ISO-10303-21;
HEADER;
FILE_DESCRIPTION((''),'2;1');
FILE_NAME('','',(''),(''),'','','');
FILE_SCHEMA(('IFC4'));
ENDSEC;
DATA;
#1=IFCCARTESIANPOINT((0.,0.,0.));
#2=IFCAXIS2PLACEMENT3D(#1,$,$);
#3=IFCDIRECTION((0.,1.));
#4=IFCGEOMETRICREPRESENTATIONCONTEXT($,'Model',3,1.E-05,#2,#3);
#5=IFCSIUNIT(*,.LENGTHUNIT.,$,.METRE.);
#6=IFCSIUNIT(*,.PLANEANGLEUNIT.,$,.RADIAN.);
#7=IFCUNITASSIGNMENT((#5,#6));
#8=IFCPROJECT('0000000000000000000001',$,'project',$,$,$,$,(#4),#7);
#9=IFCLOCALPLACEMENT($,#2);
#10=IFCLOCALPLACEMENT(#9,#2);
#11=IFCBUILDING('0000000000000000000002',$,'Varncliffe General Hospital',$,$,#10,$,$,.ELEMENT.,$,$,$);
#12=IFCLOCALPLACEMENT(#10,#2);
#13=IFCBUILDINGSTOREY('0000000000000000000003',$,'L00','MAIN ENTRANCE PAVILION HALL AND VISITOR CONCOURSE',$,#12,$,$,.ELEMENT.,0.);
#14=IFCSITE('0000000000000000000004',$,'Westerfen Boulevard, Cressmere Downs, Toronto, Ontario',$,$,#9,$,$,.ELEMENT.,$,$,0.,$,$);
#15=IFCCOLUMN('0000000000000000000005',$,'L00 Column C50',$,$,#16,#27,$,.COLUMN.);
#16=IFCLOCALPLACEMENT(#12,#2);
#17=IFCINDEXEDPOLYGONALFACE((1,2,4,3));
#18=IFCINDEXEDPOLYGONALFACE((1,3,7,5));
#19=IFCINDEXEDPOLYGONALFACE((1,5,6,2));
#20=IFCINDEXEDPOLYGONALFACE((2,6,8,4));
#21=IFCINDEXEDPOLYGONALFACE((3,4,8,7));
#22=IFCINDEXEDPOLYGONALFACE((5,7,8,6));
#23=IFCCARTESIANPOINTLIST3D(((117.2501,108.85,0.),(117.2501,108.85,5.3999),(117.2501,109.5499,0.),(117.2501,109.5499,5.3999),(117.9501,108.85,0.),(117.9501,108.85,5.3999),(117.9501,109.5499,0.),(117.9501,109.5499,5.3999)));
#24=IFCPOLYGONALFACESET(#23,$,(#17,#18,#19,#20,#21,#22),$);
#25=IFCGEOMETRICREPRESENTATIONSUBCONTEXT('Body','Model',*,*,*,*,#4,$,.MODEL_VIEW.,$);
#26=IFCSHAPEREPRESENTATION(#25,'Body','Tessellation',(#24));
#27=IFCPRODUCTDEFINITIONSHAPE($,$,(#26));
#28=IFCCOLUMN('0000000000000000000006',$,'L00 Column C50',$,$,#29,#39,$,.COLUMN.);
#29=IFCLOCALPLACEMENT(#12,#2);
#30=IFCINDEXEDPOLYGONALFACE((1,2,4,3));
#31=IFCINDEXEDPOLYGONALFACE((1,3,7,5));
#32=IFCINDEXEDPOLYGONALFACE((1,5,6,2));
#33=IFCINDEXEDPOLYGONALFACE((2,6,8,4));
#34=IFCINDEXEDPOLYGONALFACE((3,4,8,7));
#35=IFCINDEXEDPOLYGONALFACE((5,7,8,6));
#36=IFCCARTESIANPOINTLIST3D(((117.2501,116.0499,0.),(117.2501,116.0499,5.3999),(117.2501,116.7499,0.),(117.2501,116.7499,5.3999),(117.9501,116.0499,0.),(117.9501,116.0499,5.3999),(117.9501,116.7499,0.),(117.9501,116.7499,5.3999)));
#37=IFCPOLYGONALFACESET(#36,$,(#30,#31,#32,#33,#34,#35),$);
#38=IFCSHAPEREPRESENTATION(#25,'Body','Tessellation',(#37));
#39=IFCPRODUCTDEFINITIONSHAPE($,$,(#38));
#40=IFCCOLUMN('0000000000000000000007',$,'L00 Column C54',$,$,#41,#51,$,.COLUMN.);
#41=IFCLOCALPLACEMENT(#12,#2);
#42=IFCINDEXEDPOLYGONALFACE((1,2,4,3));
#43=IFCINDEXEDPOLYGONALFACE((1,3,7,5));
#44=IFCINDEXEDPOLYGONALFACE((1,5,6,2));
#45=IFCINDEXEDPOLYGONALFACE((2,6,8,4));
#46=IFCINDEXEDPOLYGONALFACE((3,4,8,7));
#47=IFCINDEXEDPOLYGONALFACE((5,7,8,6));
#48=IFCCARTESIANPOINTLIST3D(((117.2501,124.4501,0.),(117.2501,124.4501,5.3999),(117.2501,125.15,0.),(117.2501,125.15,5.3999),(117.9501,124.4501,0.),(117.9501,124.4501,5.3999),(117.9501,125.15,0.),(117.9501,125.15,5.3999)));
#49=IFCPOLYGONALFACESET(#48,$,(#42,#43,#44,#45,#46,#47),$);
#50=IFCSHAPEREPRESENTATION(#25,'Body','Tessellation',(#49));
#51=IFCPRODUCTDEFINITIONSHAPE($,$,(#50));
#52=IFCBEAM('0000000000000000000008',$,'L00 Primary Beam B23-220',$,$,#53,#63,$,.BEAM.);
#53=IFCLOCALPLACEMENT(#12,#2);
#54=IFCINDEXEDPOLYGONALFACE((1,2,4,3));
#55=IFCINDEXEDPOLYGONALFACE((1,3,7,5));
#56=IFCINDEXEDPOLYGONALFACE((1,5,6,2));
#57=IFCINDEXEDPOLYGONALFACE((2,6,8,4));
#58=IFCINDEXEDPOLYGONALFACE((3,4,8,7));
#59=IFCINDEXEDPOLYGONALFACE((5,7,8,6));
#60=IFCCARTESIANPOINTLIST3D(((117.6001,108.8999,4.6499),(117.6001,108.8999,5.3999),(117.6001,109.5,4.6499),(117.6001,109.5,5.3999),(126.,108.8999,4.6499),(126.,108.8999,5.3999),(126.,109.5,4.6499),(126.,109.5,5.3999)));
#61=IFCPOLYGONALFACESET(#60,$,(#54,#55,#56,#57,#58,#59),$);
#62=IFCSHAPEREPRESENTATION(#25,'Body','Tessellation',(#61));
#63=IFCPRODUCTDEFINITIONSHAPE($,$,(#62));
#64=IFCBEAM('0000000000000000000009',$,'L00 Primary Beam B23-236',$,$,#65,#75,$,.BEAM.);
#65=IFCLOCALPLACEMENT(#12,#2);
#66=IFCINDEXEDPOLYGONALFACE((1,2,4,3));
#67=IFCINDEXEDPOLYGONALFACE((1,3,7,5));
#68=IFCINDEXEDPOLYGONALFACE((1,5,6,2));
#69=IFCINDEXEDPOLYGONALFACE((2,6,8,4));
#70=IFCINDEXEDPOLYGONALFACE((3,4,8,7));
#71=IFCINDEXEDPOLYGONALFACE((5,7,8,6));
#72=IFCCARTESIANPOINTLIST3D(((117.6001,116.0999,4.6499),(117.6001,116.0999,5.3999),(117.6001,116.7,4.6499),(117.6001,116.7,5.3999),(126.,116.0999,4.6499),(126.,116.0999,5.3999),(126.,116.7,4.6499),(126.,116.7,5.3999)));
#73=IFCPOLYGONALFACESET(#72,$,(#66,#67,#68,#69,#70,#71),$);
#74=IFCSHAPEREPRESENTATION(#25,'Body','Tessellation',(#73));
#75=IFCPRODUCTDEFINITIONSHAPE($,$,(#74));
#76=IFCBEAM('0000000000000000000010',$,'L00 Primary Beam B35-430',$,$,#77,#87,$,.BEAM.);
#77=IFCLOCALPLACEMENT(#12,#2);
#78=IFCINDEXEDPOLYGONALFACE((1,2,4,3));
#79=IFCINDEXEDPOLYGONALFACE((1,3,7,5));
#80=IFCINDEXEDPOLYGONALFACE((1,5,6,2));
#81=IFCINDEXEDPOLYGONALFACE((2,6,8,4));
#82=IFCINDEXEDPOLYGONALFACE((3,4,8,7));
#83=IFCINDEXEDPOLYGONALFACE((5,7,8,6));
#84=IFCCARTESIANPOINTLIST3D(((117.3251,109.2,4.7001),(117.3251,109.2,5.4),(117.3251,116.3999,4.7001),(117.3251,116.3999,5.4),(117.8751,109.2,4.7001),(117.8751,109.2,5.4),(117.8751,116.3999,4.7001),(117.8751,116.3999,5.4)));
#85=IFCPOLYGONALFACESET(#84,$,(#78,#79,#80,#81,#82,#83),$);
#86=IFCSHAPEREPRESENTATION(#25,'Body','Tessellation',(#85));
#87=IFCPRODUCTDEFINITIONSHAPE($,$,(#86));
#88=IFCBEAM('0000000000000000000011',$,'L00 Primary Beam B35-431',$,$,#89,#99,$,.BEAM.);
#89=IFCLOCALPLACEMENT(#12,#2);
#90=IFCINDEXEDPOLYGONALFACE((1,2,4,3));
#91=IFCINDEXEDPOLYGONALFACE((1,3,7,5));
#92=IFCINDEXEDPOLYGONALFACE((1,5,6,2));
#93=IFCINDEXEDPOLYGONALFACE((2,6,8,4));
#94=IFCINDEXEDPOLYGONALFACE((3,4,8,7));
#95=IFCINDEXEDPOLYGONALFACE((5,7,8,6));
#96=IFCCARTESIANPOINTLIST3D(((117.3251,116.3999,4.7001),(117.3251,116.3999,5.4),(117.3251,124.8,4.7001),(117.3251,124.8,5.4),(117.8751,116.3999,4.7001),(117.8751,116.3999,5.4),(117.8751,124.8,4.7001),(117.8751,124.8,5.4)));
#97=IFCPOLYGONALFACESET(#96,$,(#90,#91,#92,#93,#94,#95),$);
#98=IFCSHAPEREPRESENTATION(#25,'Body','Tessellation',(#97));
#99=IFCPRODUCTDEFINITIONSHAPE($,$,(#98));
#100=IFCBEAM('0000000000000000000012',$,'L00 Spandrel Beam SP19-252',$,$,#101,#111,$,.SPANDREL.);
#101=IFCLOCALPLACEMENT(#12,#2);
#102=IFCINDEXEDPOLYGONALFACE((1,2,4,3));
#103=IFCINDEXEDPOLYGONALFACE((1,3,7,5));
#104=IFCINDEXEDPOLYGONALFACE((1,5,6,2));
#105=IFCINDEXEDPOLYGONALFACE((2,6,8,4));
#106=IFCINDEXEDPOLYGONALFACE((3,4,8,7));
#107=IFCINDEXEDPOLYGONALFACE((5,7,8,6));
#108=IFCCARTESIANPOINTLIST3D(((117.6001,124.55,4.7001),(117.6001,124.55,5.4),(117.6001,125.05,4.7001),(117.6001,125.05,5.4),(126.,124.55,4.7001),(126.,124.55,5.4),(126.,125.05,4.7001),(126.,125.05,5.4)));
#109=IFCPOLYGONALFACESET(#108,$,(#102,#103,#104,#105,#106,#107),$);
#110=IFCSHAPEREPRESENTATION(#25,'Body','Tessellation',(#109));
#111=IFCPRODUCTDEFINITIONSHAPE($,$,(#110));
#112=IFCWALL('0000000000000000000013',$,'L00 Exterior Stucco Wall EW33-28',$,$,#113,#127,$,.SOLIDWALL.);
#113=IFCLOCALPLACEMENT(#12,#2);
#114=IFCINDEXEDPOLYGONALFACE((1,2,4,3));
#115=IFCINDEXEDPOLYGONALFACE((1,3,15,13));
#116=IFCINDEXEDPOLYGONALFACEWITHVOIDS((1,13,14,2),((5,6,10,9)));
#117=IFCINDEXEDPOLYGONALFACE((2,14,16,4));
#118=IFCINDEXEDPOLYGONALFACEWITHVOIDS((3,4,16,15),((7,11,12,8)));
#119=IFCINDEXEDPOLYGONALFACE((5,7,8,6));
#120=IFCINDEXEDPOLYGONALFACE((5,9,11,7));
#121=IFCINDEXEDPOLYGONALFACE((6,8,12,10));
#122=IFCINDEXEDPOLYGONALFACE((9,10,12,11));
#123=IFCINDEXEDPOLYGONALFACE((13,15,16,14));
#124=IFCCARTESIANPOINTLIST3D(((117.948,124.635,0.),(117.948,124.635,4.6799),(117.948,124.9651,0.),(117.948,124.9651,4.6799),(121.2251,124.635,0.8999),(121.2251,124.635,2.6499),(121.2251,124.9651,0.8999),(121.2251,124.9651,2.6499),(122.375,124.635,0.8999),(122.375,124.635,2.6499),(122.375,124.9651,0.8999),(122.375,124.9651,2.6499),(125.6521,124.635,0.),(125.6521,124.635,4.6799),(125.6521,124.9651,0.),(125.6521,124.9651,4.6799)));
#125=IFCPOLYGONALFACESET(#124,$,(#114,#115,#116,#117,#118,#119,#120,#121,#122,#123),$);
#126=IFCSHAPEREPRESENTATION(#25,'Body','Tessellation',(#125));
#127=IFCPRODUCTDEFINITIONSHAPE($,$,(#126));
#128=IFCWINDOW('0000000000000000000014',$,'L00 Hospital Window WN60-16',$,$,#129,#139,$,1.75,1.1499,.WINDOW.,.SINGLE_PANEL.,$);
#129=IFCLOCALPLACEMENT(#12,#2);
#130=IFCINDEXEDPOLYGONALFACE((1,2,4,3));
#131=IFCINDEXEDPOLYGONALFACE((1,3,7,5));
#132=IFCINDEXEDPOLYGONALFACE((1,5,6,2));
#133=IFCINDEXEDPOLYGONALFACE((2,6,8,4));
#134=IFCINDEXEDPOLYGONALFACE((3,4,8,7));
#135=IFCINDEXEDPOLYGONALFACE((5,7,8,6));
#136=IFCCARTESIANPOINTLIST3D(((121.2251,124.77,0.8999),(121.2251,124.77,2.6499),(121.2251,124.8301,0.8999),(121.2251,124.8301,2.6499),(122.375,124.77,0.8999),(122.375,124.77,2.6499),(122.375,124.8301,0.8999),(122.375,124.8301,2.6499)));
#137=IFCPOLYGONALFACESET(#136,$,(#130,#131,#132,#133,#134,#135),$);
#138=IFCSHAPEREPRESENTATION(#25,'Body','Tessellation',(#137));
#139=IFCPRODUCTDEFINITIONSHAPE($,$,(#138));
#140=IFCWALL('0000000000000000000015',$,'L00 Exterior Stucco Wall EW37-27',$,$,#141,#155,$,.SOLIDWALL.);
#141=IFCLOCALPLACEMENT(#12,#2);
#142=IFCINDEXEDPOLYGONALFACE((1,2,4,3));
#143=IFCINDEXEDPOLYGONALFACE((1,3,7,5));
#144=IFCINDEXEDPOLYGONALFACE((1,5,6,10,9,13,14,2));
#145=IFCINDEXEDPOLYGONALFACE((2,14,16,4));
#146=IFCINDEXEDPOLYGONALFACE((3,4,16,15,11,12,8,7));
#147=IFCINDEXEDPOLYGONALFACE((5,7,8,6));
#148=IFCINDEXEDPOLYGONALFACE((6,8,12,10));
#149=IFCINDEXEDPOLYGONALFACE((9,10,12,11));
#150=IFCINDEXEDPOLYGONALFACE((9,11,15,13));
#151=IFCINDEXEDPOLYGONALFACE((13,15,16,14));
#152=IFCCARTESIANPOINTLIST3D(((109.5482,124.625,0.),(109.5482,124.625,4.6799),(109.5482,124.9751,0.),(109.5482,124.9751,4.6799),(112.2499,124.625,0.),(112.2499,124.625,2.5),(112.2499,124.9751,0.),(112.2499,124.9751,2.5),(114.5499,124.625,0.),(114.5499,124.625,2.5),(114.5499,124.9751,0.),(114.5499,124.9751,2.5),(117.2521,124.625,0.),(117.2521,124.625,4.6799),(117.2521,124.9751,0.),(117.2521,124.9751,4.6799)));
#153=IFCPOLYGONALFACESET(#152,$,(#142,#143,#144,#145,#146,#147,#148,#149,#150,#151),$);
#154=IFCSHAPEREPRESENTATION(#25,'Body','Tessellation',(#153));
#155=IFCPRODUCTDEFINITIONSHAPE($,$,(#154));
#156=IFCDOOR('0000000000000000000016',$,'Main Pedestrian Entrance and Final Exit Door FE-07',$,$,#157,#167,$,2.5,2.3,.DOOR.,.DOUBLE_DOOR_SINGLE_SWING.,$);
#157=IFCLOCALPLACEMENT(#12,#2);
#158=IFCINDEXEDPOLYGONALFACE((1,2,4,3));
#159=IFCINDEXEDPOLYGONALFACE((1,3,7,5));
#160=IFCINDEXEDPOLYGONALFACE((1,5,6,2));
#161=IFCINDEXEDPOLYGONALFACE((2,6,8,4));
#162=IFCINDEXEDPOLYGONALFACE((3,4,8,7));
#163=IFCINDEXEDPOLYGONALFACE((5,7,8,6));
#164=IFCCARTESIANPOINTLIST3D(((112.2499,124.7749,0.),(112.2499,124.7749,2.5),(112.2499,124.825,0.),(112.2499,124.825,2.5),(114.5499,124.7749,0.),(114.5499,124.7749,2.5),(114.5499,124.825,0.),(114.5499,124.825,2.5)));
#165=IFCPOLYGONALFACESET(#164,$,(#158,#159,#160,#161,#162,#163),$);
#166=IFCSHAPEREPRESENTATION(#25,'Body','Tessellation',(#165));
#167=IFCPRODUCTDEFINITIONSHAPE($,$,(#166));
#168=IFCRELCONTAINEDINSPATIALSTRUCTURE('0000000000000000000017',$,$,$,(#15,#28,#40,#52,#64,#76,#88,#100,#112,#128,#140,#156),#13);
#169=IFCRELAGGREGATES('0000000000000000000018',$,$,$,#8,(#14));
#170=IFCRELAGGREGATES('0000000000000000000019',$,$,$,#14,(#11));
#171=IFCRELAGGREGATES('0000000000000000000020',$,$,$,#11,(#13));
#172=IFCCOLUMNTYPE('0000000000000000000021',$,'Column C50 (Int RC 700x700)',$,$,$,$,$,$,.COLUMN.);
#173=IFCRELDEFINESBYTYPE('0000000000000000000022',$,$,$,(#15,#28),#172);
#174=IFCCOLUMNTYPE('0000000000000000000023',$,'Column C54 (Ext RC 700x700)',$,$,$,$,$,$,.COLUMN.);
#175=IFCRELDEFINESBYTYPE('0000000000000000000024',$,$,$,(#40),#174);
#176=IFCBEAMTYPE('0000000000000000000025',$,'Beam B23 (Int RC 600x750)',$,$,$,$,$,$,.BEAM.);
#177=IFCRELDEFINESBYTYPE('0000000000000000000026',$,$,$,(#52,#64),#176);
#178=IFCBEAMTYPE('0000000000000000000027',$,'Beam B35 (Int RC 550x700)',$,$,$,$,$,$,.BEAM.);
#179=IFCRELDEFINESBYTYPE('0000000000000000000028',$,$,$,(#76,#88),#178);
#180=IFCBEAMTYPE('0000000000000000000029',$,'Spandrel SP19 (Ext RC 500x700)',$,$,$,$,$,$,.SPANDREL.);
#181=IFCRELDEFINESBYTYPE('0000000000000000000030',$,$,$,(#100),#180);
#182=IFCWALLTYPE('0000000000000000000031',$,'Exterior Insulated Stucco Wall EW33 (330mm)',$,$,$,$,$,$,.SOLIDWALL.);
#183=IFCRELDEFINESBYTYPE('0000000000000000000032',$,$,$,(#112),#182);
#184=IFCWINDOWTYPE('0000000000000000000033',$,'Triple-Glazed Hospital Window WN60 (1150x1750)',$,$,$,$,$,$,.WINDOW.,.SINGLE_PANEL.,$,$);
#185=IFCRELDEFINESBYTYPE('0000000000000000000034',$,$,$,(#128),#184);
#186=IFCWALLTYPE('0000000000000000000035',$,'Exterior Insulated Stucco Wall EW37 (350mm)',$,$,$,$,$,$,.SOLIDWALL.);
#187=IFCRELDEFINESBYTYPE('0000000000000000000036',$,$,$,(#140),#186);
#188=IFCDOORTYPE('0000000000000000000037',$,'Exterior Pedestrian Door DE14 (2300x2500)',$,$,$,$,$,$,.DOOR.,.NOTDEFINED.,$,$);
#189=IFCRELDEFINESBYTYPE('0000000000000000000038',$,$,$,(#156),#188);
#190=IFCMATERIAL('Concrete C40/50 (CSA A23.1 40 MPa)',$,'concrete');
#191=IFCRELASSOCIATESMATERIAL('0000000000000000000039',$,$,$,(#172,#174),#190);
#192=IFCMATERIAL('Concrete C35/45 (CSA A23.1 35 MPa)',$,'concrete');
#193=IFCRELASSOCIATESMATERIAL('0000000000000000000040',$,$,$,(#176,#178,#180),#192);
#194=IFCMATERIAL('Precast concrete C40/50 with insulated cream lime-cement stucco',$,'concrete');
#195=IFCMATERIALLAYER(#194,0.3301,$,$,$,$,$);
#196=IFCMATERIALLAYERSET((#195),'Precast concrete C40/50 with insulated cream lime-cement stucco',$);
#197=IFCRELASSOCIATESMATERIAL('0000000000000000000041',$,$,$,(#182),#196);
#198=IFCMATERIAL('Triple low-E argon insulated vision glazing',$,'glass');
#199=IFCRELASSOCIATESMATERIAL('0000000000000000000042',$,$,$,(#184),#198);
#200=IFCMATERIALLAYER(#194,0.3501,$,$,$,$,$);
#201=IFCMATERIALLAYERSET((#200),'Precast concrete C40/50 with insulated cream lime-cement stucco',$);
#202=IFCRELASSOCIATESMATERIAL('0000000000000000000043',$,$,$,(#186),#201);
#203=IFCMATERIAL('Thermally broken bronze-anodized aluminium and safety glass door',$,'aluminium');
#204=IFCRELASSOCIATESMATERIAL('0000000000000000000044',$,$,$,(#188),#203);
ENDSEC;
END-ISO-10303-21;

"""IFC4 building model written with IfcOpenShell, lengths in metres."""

from ifc_helpers import new_model, si_unit, direction, frame, frame_2d, origin, origin_2d, place, context, subcontext, project, spatial, rectangle, extrude, material, layer, layer_set, material_profile, profile_set, type_object, element, fill, save


model = new_model("IFC4")

# Units and contexts
model_context = context("Model", 3, precision=1e-05, world=origin(), true_north=direction((0.0, 1.0)))
body_context = subcontext(model_context, "Body", "Model", "MODEL_VIEW")
ifc_project = project(units=[si_unit("LENGTHUNIT", "METRE"), si_unit("PLANEANGLEUNIT", "RADIAN")], contexts=[model_context])

# Site, building, storey
site_placement = place(None, origin())
site = spatial("IfcSite", under=ifc_project, at=site_placement, Name="Westerfen Boulevard, Cressmere Downs, Toronto, Ontario", CompositionType="ELEMENT", RefElevation=0.0)
building_placement = place(site_placement, origin())
building = spatial("IfcBuilding", under=site, at=building_placement, Name="Varncliffe General Hospital", CompositionType="ELEMENT")
storey_placement = place(building_placement, origin())
storey = spatial("IfcBuildingStorey", under=building, at=storey_placement, Name="L00", Description="MAIN ENTRANCE PAVILION HALL AND VISITOR CONCOURSE", CompositionType="ELEMENT", Elevation=0.0)

# Columns
ifc_material_1 = material(Name="Concrete C40/50 (CSA A23.1 40 MPa)", Category="concrete")
ifc_material_profile_1 = material_profile(ifc_material_1, rectangle(XDim=0.7, YDim=0.7, at=origin_2d()), Name="RC 700x700")
ifc_profile_set_1 = profile_set([ifc_material_profile_1], Name="Concrete C40/50 (CSA A23.1 40 MPa)")
column_type_1 = type_object("IfcColumnType", Name="Column C50 (Int RC 700x700)", PredefinedType="COLUMN", material=ifc_profile_set_1)
for number, where, z_axis, x_axis, name in (
    (1, (117.6001, 109.2, 0.0), (0.0, 0.0, 1.0), (1.0, 0.0, 0.0), "L00 Column C50"),
    (2, (117.6001, 116.3999, 0.0), (0.0, 0.0, 1.0), (1.0, 0.0, 0.0), "L00 Column C50"),
):
    element("IfcColumn", number, at=place(storey_placement, frame(where, z_axis=z_axis, x_axis=x_axis)), inside=storey, type_object=column_type_1, Name=name, PredefinedType="COLUMN", context=body_context, shape_type="SweptSolid", body=[
        extrude(rectangle(XDim=0.7, YDim=0.7, at=origin_2d()), origin(), (0.0, 0.0, 1.0), 5.3999),
    ])
ifc_material_profile_2 = material_profile(ifc_material_1, rectangle(XDim=0.7, YDim=0.7, at=origin_2d()), Name="RC 700x700")
ifc_profile_set_2 = profile_set([ifc_material_profile_2], Name="Concrete C40/50 (CSA A23.1 40 MPa)")
column_type_2 = type_object("IfcColumnType", Name="Column C54 (Ext RC 700x700)", PredefinedType="COLUMN", material=ifc_profile_set_2)
column_placement = place(storey_placement, frame((117.6001, 124.8, 0.0), z_axis=(0.0, 0.0, 1.0), x_axis=(1.0, 0.0, 0.0)))
element("IfcColumn", 3, at=column_placement, inside=storey, type_object=column_type_2, Name="L00 Column C54", PredefinedType="COLUMN", context=body_context, shape_type="SweptSolid", body=[
    extrude(rectangle(XDim=0.7, YDim=0.7, at=origin_2d()), origin(), (0.0, 0.0, 1.0), 5.3999),
])

# Beams
ifc_material_2 = material(Name="Concrete C35/45 (CSA A23.1 35 MPa)", Category="concrete")
ifc_material_profile_3 = material_profile(ifc_material_2, rectangle(XDim=0.6001, YDim=0.75, at=origin_2d()), Name="RC 600x750")
ifc_profile_set_3 = profile_set([ifc_material_profile_3], Name="Concrete C35/45 (CSA A23.1 35 MPa)")
beam_type_1 = type_object("IfcBeamType", Name="Beam B23 (Int RC 600x750)", PredefinedType="BEAM", material=ifc_profile_set_3)
for number, where, z_axis, x_axis, name in (
    (4, (117.6001, 109.2, 5.0249), (1.0, 0.0, 0.0), (0.0, 1.0, 0.0), "L00 Primary Beam B23-220"),
    (5, (117.6001, 116.3999, 5.0249), (1.0, 0.0, 0.0), (0.0, 1.0, 0.0), "L00 Primary Beam B23-236"),
):
    element("IfcBeam", number, at=place(storey_placement, frame(where, z_axis=z_axis, x_axis=x_axis)), inside=storey, type_object=beam_type_1, Name=name, PredefinedType="BEAM", context=body_context, shape_type="SweptSolid", body=[
        extrude(rectangle(XDim=0.6001, YDim=0.75, at=origin_2d()), origin(), (0.0, 0.0, 1.0), 8.3999),
    ])
ifc_material_profile_4 = material_profile(ifc_material_2, rectangle(XDim=0.55, YDim=0.7, at=origin_2d()), Name="RC 550x700")
ifc_profile_set_4 = profile_set([ifc_material_profile_4], Name="Concrete C35/45 (CSA A23.1 35 MPa)")
beam_type_2 = type_object("IfcBeamType", Name="Beam B35 (Int RC 550x700)", PredefinedType="BEAM", material=ifc_profile_set_4)
beam_1_placement = place(storey_placement, frame((117.6001, 109.2, 5.05), z_axis=(0.0, 1.0, 0.0), x_axis=(-1.0, 0.0, 0.0)))
element("IfcBeam", 6, at=beam_1_placement, inside=storey, type_object=beam_type_2, Name="L00 Primary Beam B35-430", PredefinedType="BEAM", context=body_context, shape_type="SweptSolid", body=[
    extrude(rectangle(XDim=0.55, YDim=0.7, at=origin_2d()), origin(), (0.0, 0.0, 1.0), 7.2),
])
beam_2_placement = place(storey_placement, frame((117.6001, 116.3999, 5.05), z_axis=(0.0, 1.0, 0.0), x_axis=(-1.0, 0.0, 0.0)))
element("IfcBeam", 7, at=beam_2_placement, inside=storey, type_object=beam_type_2, Name="L00 Primary Beam B35-431", PredefinedType="BEAM", context=body_context, shape_type="SweptSolid", body=[
    extrude(rectangle(XDim=0.55, YDim=0.7, at=origin_2d()), origin(), (0.0, 0.0, 1.0), 8.4001),
])
ifc_material_profile_5 = material_profile(ifc_material_2, rectangle(XDim=0.5, YDim=0.7, at=origin_2d()), Name="RC 500x700")
ifc_profile_set_5 = profile_set([ifc_material_profile_5], Name="Concrete C35/45 (CSA A23.1 35 MPa)")
beam_type_3 = type_object("IfcBeamType", Name="Spandrel SP19 (Ext RC 500x700)", PredefinedType="SPANDREL", material=ifc_profile_set_5)
beam_3_placement = place(storey_placement, frame((117.6001, 124.8, 5.05), z_axis=(1.0, 0.0, 0.0), x_axis=(0.0, 1.0, 0.0)))
element("IfcBeam", 8, at=beam_3_placement, inside=storey, type_object=beam_type_3, Name="L00 Spandrel Beam SP19-252", PredefinedType="SPANDREL", context=body_context, shape_type="SweptSolid", body=[
    extrude(rectangle(XDim=0.5, YDim=0.7, at=origin_2d()), origin(), (0.0, 0.0, 1.0), 8.3999),
])

# Wall, opening, window
ifc_material_3 = material(Name="Precast concrete C40/50 with insulated cream lime-cement stucco", Category="concrete")
ifc_layer_1 = layer(ifc_material_3, 0.3301)
ifc_layer_set_1 = layer_set([ifc_layer_1], Name="Precast concrete C40/50 with insulated cream lime-cement stucco")
wall_type_1 = type_object("IfcWallType", Name="Exterior Insulated Stucco Wall EW33 (330mm)", PredefinedType="SOLIDWALL", material=ifc_layer_set_1)
wall_1_placement = place(storey_placement, frame((117.948, 124.8, 0.0), z_axis=(0.0, 0.0, 1.0), x_axis=(1.0, 0.0, 0.0)))
wall_1 = element("IfcWall", 9, at=wall_1_placement, inside=storey, type_object=wall_type_1, Name="L00 Exterior Stucco Wall EW33-28", PredefinedType="SOLIDWALL", context=body_context, shape_type="SweptSolid", body=[
    extrude(rectangle(XDim=7.7041, YDim=0.3301, at=frame_2d((3.8521, 0.0))), origin(), (0.0, 0.0, 1.0), 4.6799),
])
opening_1_placement = place(wall_1_placement, frame((3.2771, 0.0, 0.8999)))
opening_1 = element("IfcOpeningElement", 10, at=opening_1_placement, cuts=wall_1, PredefinedType="OPENING", context=body_context, shape_type="SweptSolid", body=[
    extrude(rectangle(XDim=1.1499, YDim=1.75, at=frame_2d((0.575, 0.875))), frame((0.0, 0.175, 0.0), z_axis=(0.0, -1.0, 0.0), x_axis=(1.0, 0.0, 0.0)), (0.0, 0.0, 1.0), 0.3501),
])
ifc_material_4 = material(Name="Triple low-E argon insulated vision glazing", Category="glass")
window_type = type_object("IfcWindowType", Name="Triple-Glazed Hospital Window WN60 (1150x1750)", PartitioningType="SINGLE_PANEL", PredefinedType="WINDOW", material=ifc_material_4)
window_placement = place(opening_1_placement, origin())
window = element("IfcWindow", 11, at=window_placement, inside=storey, type_object=window_type, Name="L00 Hospital Window WN60-16", OverallHeight=1.75, OverallWidth=1.1499, PartitioningType="SINGLE_PANEL", PredefinedType="WINDOW", context=body_context, shape_type="SweptSolid", body=[
    extrude(rectangle(XDim=1.1499, YDim=1.75, at=frame_2d((0.575, 0.875))), frame((0.0, 0.03, 0.0), z_axis=(0.0, -1.0, 0.0), x_axis=(1.0, 0.0, 0.0)), (0.0, 0.0, 1.0), 0.0601),
])
fill(opening_1, window)

# Wall, opening, door
ifc_layer_2 = layer(ifc_material_3, 0.3501)
ifc_layer_set_2 = layer_set([ifc_layer_2], Name="Precast concrete C40/50 with insulated cream lime-cement stucco")
wall_type_2 = type_object("IfcWallType", Name="Exterior Insulated Stucco Wall EW37 (350mm)", PredefinedType="SOLIDWALL", material=ifc_layer_set_2)
wall_2_placement = place(storey_placement, frame((109.5481, 124.8, 0.0), z_axis=(0.0, 0.0, 1.0), x_axis=(1.0, 0.0, 0.0)))
wall_2 = element("IfcWall", 12, at=wall_2_placement, inside=storey, type_object=wall_type_2, Name="L00 Exterior Stucco Wall EW37-27", PredefinedType="SOLIDWALL", context=body_context, shape_type="SweptSolid", body=[
    extrude(rectangle(XDim=7.7039, YDim=0.3501, at=frame_2d((3.8521, 0.0))), origin(), (0.0, 0.0, 1.0), 4.6799),
])
opening_2_placement = place(wall_2_placement, frame((2.7019, 0.0, 0.0)))
opening_2 = element("IfcOpeningElement", 13, at=opening_2_placement, cuts=wall_2, PredefinedType="OPENING", context=body_context, shape_type="SweptSolid", body=[
    extrude(rectangle(XDim=2.3, YDim=2.5, at=frame_2d((1.1499, 1.25))), frame((0.0, 0.1851, 0.0), z_axis=(0.0, -1.0, 0.0), x_axis=(1.0, 0.0, 0.0)), (0.0, 0.0, 1.0), 0.3701),
])
ifc_material_5 = material(Name="Thermally broken bronze-anodized aluminium and safety glass door", Category="aluminium")
door_type_1 = type_object("IfcDoorType", Name="Exterior Pedestrian Door DE14 (2300x2500)", OperationType="NOTDEFINED", PredefinedType="DOOR", material=ifc_material_5)
door_1_placement = place(opening_2_placement, origin())
door_1 = element("IfcDoor", 14, at=door_1_placement, inside=storey, type_object=door_type_1, Name="Main Pedestrian Entrance and Final Exit Door FE-07", OperationType="DOUBLE_DOOR_SINGLE_SWING", OverallHeight=2.5, OverallWidth=2.3, PredefinedType="DOOR", context=body_context, shape_type="SweptSolid", body=[
    extrude(rectangle(XDim=2.3, YDim=2.5, at=frame_2d((1.1499, 1.25))), frame((0.0, 0.0249, 0.0), z_axis=(0.0, -1.0, 0.0), x_axis=(1.0, 0.0, 0.0)), (0.0, 0.0, 1.0), 0.05),
])
fill(opening_2, door_1)

save(model, "model.ifc")
